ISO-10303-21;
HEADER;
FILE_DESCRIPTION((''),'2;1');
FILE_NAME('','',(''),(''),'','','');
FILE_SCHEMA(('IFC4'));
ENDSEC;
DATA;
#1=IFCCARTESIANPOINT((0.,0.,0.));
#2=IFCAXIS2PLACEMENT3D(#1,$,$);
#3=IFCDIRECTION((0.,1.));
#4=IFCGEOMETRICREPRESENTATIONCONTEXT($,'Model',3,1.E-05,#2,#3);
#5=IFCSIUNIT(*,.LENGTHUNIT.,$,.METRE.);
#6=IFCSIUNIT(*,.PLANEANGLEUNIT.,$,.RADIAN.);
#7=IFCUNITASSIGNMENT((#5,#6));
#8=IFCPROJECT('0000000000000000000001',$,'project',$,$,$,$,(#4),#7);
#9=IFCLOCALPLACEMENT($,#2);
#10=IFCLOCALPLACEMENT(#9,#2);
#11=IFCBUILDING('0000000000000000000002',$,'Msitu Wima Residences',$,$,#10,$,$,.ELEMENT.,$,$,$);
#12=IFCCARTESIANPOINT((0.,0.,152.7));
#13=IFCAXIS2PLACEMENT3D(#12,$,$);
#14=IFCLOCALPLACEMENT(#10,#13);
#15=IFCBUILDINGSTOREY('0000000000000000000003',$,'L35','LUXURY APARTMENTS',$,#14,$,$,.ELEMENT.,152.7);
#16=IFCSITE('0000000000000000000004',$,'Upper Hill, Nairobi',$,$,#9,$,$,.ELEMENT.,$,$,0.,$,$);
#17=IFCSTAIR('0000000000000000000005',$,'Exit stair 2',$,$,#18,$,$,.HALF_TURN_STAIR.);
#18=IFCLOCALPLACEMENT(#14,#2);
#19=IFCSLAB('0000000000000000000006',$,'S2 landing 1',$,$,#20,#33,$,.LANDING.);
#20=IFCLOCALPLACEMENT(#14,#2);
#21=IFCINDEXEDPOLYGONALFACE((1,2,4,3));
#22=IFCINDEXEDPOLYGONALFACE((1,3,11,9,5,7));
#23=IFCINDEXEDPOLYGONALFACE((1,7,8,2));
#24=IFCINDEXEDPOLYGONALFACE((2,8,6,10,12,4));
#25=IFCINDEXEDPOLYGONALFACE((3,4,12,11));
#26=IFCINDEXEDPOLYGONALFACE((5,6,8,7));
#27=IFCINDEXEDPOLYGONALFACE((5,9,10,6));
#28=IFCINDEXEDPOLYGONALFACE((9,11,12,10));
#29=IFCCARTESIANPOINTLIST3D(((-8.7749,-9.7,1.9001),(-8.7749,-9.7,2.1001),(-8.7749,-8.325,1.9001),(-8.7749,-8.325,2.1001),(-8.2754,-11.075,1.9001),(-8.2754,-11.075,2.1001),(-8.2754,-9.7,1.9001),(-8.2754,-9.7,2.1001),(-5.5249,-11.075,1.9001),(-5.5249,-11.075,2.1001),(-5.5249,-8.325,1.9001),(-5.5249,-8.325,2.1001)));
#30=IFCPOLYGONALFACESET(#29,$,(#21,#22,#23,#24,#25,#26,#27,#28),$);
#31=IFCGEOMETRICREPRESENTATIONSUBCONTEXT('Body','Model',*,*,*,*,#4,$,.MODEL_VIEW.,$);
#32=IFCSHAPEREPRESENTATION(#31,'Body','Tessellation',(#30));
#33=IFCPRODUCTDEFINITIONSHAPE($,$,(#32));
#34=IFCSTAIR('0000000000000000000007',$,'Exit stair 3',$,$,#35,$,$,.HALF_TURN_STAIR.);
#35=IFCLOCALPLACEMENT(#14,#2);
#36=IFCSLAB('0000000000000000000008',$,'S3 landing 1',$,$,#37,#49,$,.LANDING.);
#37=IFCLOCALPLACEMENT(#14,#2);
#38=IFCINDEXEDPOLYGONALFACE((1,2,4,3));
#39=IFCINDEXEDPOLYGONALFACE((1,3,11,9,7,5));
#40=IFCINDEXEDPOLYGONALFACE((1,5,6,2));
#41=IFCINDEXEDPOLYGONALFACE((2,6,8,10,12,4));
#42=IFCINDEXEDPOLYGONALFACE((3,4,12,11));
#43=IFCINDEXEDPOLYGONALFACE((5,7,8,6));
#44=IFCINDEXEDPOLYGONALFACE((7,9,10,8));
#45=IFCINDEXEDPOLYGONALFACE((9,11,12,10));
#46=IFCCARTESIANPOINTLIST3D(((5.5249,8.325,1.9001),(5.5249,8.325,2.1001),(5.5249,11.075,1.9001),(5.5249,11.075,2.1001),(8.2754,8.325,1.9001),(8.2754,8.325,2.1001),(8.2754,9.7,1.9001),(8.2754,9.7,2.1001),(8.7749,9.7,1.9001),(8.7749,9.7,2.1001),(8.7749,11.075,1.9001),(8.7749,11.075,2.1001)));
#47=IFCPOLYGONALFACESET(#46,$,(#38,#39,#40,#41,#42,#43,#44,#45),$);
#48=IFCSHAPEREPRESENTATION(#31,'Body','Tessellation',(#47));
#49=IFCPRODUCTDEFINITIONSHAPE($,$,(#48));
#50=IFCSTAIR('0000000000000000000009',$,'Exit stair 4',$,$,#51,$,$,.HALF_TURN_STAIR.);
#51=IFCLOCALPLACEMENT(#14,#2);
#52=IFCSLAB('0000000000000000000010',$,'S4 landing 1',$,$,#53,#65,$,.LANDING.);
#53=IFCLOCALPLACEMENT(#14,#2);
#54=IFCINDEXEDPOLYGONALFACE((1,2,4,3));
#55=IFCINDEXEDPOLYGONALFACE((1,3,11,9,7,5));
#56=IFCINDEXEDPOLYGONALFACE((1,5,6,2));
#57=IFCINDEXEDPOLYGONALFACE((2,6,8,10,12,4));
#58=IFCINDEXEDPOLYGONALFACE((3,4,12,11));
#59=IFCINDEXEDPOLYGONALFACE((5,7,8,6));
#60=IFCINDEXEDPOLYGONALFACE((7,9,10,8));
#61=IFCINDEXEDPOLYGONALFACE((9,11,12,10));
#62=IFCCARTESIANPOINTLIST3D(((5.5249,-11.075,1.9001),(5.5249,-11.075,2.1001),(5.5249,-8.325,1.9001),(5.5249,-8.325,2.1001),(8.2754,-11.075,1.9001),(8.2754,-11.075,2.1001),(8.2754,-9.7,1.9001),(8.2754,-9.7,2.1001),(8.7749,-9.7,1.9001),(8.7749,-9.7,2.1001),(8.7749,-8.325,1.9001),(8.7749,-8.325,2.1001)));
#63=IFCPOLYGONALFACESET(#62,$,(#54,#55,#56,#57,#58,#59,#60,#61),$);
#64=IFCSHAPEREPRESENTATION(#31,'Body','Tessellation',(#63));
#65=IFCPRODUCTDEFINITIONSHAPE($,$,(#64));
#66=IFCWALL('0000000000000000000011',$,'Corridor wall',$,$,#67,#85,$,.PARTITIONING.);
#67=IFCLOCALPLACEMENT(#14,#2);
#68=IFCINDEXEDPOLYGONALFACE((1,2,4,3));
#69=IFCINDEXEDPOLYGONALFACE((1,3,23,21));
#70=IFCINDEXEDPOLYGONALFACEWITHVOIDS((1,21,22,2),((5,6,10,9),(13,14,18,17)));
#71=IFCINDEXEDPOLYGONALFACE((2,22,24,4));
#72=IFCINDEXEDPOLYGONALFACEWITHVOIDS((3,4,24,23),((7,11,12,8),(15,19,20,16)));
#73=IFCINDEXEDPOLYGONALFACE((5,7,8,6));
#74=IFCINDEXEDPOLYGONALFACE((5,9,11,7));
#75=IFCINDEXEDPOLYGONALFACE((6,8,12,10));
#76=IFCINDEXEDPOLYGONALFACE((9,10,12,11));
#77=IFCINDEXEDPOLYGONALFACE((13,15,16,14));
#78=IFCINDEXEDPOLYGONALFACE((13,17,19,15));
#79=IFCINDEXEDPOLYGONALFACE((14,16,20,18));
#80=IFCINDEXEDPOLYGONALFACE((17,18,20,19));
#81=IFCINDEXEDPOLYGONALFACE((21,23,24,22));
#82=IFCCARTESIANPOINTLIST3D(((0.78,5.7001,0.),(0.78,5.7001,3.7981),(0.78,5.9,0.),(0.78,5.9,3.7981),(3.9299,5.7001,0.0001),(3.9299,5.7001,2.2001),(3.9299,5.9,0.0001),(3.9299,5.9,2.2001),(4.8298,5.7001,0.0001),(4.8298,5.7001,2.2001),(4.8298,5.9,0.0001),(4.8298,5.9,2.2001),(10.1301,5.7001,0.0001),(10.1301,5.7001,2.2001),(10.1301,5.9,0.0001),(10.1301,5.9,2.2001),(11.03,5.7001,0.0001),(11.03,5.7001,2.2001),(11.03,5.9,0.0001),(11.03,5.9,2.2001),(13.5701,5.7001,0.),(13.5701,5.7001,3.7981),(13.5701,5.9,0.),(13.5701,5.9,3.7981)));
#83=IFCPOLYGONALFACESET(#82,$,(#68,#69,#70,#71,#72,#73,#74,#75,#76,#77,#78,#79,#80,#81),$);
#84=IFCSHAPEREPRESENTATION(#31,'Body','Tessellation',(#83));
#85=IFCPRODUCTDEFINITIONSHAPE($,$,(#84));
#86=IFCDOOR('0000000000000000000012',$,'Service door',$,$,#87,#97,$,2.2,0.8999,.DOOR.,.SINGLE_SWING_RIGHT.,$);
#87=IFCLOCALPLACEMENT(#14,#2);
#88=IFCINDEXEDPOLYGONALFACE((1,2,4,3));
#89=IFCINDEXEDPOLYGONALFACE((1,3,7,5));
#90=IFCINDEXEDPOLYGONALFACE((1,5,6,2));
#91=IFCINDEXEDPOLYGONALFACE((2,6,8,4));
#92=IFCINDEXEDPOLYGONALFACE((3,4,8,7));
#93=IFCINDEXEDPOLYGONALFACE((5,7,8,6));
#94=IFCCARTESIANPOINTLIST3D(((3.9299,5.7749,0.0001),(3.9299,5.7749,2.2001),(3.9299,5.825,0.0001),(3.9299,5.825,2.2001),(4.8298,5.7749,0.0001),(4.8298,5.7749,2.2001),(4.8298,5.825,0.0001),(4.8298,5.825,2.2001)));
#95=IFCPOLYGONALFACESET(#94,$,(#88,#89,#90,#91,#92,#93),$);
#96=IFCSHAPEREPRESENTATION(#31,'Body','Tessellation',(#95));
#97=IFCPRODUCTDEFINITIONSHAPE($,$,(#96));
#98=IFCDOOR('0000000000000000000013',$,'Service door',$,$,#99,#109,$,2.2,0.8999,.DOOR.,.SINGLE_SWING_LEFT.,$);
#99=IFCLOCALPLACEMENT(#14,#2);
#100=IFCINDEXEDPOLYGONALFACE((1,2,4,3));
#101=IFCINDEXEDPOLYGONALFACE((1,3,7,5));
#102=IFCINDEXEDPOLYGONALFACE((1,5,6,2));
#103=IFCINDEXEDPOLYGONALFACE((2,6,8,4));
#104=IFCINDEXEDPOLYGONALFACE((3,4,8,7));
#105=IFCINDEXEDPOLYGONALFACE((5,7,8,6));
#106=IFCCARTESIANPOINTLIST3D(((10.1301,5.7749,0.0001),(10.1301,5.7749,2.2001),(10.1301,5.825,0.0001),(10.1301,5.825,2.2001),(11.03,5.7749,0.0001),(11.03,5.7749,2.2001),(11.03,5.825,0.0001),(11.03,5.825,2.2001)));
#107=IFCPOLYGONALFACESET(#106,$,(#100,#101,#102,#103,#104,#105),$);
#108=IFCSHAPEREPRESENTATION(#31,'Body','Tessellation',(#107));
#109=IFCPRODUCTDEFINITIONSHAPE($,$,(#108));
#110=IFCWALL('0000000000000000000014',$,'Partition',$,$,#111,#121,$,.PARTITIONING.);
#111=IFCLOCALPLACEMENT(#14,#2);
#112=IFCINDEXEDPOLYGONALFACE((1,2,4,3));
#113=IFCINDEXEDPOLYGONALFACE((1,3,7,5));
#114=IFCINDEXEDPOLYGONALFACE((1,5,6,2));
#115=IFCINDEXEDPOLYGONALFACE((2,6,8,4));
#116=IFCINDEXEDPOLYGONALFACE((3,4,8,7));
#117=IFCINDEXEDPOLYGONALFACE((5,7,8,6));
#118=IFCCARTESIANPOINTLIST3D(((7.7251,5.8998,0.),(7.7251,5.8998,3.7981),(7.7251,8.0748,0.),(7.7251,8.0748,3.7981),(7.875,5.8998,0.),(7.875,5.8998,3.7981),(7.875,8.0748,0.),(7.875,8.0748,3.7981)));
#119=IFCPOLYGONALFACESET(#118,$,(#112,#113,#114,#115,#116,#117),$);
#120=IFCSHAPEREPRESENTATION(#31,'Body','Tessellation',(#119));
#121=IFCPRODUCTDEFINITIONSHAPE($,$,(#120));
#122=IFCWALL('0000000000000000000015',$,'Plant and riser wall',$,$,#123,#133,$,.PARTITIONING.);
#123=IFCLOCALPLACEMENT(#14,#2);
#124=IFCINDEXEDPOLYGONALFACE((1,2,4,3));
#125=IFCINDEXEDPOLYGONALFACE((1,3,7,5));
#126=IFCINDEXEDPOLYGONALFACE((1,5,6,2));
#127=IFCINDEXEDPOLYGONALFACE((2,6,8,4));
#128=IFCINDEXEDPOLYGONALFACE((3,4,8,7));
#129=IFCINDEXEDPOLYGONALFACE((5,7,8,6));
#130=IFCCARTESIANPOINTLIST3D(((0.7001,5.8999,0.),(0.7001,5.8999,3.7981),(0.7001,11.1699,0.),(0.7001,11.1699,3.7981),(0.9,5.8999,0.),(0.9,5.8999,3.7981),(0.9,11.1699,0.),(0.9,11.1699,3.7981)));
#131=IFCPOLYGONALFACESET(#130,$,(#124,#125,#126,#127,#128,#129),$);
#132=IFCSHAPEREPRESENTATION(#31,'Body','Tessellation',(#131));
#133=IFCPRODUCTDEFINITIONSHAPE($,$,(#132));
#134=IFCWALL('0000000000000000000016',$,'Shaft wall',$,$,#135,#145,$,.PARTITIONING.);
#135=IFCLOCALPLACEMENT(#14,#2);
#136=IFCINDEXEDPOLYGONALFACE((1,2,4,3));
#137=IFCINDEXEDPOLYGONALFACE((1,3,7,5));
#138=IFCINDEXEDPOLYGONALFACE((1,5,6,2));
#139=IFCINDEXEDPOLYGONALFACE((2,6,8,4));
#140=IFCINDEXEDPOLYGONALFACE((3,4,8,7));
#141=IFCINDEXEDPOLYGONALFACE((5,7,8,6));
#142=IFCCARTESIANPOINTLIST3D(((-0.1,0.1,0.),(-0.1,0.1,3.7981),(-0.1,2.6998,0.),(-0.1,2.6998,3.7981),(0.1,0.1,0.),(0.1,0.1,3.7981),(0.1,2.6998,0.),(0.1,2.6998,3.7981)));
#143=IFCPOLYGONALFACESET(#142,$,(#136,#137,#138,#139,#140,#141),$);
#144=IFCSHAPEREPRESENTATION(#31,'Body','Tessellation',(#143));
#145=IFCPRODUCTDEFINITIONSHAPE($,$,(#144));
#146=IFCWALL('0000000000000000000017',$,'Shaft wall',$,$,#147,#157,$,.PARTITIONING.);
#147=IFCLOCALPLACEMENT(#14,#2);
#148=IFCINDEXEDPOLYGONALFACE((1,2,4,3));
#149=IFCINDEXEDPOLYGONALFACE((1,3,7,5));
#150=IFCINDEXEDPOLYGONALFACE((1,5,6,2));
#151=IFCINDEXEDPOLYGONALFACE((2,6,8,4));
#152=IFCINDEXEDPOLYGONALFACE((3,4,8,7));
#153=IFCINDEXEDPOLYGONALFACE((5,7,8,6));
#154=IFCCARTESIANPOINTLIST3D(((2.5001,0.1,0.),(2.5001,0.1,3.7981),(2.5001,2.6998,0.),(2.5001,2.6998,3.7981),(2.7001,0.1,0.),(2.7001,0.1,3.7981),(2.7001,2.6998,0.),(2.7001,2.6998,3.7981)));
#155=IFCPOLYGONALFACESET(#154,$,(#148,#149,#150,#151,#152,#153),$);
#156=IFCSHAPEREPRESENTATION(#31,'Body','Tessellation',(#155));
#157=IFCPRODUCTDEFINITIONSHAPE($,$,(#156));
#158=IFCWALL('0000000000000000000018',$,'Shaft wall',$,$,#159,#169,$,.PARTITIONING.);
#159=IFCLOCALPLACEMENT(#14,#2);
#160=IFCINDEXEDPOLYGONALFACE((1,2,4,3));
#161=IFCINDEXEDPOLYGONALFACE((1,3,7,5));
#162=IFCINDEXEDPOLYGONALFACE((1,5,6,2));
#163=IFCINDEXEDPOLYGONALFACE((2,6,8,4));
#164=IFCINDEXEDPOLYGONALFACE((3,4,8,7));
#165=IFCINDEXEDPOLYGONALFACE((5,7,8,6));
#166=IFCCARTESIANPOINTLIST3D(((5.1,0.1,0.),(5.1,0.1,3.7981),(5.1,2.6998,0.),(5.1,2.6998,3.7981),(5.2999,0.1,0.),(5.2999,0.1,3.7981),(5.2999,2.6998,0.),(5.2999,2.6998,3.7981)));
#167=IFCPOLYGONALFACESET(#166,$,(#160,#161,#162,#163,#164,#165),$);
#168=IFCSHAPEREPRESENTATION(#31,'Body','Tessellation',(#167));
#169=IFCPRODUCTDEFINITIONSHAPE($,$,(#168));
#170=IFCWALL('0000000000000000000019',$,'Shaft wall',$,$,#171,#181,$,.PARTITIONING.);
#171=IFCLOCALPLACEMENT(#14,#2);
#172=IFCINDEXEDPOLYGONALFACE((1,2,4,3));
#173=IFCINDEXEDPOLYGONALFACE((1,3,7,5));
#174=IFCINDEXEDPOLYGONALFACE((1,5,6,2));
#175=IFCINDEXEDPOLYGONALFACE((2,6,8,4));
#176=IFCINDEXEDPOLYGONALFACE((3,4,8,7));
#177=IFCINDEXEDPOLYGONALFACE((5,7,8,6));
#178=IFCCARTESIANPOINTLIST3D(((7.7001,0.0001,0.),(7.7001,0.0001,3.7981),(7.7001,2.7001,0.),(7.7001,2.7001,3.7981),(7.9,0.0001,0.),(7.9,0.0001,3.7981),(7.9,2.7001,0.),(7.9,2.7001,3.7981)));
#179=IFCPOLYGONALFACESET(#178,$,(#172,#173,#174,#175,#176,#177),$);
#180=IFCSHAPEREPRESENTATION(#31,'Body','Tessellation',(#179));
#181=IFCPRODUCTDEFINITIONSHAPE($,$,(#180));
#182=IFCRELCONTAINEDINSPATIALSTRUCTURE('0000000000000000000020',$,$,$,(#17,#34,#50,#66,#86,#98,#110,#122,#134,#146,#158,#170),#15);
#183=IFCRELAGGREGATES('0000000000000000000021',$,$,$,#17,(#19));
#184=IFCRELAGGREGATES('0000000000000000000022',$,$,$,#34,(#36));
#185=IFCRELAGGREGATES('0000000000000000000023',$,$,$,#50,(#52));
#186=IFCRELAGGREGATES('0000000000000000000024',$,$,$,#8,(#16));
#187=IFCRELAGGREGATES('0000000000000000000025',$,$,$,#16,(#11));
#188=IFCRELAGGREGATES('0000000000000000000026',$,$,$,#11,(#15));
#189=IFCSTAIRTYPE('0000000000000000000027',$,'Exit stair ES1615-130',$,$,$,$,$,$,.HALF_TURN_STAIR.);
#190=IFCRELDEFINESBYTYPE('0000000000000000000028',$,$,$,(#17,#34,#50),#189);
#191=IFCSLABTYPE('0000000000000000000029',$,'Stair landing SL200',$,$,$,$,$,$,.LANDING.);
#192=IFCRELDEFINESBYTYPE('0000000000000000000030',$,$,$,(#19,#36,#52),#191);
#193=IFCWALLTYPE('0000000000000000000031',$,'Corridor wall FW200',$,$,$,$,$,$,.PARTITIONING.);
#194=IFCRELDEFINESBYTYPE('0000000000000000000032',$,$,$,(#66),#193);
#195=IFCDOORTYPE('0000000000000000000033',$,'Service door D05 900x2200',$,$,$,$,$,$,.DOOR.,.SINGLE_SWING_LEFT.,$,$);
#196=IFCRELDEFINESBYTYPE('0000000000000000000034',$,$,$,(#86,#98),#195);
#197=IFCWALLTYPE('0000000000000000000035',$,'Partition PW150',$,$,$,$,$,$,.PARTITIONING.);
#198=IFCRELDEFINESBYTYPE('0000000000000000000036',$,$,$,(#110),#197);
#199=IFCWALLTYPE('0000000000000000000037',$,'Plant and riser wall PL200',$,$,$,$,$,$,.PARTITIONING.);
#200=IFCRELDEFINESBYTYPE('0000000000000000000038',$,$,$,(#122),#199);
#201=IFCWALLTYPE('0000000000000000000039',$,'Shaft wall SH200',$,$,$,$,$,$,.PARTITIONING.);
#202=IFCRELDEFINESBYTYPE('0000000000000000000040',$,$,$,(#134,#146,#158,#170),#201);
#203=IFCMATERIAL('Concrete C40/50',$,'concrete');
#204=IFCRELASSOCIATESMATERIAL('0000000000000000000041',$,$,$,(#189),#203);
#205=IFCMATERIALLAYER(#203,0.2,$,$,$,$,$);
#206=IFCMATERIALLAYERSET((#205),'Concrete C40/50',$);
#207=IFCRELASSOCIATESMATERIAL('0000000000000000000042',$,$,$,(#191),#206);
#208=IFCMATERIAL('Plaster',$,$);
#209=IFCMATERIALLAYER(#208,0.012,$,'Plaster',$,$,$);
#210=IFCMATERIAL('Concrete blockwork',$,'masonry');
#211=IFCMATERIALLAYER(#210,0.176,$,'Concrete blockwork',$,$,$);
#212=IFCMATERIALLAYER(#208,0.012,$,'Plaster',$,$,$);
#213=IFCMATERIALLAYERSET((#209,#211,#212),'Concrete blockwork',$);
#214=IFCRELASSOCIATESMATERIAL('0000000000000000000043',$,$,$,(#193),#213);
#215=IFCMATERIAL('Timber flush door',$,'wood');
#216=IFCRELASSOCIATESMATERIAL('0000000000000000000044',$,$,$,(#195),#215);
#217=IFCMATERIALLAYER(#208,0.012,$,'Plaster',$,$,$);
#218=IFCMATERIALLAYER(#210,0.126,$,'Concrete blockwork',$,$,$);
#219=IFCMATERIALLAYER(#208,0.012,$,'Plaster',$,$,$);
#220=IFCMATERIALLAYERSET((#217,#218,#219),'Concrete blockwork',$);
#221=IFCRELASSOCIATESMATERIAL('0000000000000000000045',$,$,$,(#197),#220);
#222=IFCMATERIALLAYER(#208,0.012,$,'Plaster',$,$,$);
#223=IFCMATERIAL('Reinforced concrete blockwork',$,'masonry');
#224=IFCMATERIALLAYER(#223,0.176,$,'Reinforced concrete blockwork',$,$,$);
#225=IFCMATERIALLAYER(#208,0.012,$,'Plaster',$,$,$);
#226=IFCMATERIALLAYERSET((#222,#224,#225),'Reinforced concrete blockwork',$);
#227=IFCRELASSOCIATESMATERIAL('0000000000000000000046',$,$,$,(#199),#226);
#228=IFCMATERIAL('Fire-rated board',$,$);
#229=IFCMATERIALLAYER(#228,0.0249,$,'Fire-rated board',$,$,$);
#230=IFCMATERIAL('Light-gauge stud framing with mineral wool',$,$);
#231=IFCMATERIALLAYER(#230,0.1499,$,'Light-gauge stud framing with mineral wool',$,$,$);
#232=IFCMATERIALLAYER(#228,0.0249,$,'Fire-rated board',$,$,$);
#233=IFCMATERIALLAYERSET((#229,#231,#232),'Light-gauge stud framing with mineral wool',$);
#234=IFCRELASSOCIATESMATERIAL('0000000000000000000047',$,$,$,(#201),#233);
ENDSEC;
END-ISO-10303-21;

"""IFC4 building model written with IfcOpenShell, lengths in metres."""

from ifc_helpers import new_model, si_unit, direction, frame, frame_2d, origin, place, context, subcontext, project, spatial, polyline, rectangle, outline, extrude, material, layer, layer_set, type_object, element, fill, aggregate, save


model = new_model("IFC4")

# Units and contexts
model_context = context("Model", 3, precision=1e-05, world=origin(), true_north=direction((0.0, 1.0)))
body_context = subcontext(model_context, "Body", "Model", "MODEL_VIEW")
ifc_project = project(units=[si_unit("LENGTHUNIT", "METRE"), si_unit("PLANEANGLEUNIT", "RADIAN")], contexts=[model_context])

# Site, building, storey
site_placement = place(None, origin())
site = spatial("IfcSite", under=ifc_project, at=site_placement, Name="Upper Hill, Nairobi", CompositionType="ELEMENT", RefElevation=0.0)
building_placement = place(site_placement, origin())
building = spatial("IfcBuilding", under=site, at=building_placement, Name="Msitu Wima Residences", CompositionType="ELEMENT")
storey_placement = place(building_placement, frame((0.0, 0.0, 152.7)))
storey = spatial("IfcBuildingStorey", under=building, at=storey_placement, Name="L35", Description="LUXURY APARTMENTS", CompositionType="ELEMENT", Elevation=152.7)

# Shared definitions
ifc_material_1 = material(Name="Concrete C40/50", Category="concrete")

# Stairs, slabs
stair_type = type_object("IfcStairType", Name="Exit stair ES1615-130", PredefinedType="HALF_TURN_STAIR", material=ifc_material_1)
ifc_layer_1 = layer(ifc_material_1, 0.2)
ifc_layer_set_1 = layer_set([ifc_layer_1], Name="Concrete C40/50")
slab_type_1 = type_object("IfcSlabType", Name="Stair landing SL200", PredefinedType="LANDING", material=ifc_layer_set_1)
stair_1_placement = place(storey_placement, origin())
stair_1 = element("IfcStair", 1, at=stair_1_placement, inside=storey, type_object=stair_type, Name="Exit stair 2", PredefinedType="HALF_TURN_STAIR")
slab_1_placement = place(storey_placement, frame((0.0, 0.0, 1.9001)))
slab_1 = element("IfcSlab", 2, at=slab_1_placement, type_object=slab_type_1, Name="S2 landing 1", PredefinedType="LANDING", context=body_context, shape_type="SweptSolid", body=[
    extrude(outline(polyline([(-5.5249, -11.075), (-8.2754, -11.075), (-8.2754, -9.7), (-8.7749, -9.7), (-8.7749, -8.325), (-5.5249, -8.325), (-5.5249, -11.075)])), origin(), (0.0, 0.0, 1.0), 0.2),
])
aggregate(stair_1, [slab_1])
stair_2_placement = place(storey_placement, origin())
stair_2 = element("IfcStair", 3, at=stair_2_placement, inside=storey, type_object=stair_type, Name="Exit stair 3", PredefinedType="HALF_TURN_STAIR")
slab_2_placement = place(storey_placement, frame((0.0, 0.0, 1.9001)))
slab_2 = element("IfcSlab", 4, at=slab_2_placement, type_object=slab_type_1, Name="S3 landing 1", PredefinedType="LANDING", context=body_context, shape_type="SweptSolid", body=[
    extrude(outline(polyline([(5.5249, 8.325), (8.2754, 8.325), (8.2754, 9.7), (8.7749, 9.7), (8.7749, 11.075), (5.5249, 11.075), (5.5249, 8.325)])), origin(), (0.0, 0.0, 1.0), 0.2),
])
aggregate(stair_2, [slab_2])
stair_3_placement = place(storey_placement, origin())
stair_3 = element("IfcStair", 5, at=stair_3_placement, inside=storey, type_object=stair_type, Name="Exit stair 4", PredefinedType="HALF_TURN_STAIR")
slab_3_placement = place(storey_placement, frame((0.0, 0.0, 1.9001)))
slab_3 = element("IfcSlab", 6, at=slab_3_placement, type_object=slab_type_1, Name="S4 landing 1", PredefinedType="LANDING", context=body_context, shape_type="SweptSolid", body=[
    extrude(outline(polyline([(5.5249, -11.075), (8.2754, -11.075), (8.2754, -9.7), (8.7749, -9.7), (8.7749, -8.325), (5.5249, -8.325), (5.5249, -11.075)])), origin(), (0.0, 0.0, 1.0), 0.2),
])
aggregate(stair_3, [slab_3])

# Wall, openings, doors
ifc_material_2 = material(Name="Plaster")
ifc_layer_2 = layer(ifc_material_2, 0.012, Name="Plaster")
ifc_material_3 = material(Name="Concrete blockwork", Category="masonry")
ifc_layer_3 = layer(ifc_material_3, 0.176, Name="Concrete blockwork")
ifc_layer_4 = layer(ifc_material_2, 0.012, Name="Plaster")
ifc_layer_set_2 = layer_set([ifc_layer_2, ifc_layer_3, ifc_layer_4], Name="Concrete blockwork")
wall_type_1 = type_object("IfcWallType", Name="Corridor wall FW200", PredefinedType="PARTITIONING", material=ifc_layer_set_2)
wall_1_placement = place(storey_placement, frame((0.78, 5.8, 0.0), z_axis=(0.0, 0.0, 1.0), x_axis=(1.0, 0.0, 0.0)))
wall_1 = element("IfcWall", 7, at=wall_1_placement, inside=storey, type_object=wall_type_1, Name="Corridor wall", PredefinedType="PARTITIONING", context=body_context, shape_type="SweptSolid", body=[
    extrude(rectangle(XDim=12.79, YDim=0.2, at=frame_2d((6.395, 0.0))), origin(), (0.0, 0.0, 1.0), 3.7981),
])
opening_1_placement = place(wall_1_placement, frame((3.1499, 0.0, 0.0)))
opening_1 = element("IfcOpeningElement", 8, at=opening_1_placement, cuts=wall_1, PredefinedType="OPENING", context=body_context, shape_type="SweptSolid", body=[
    extrude(rectangle(XDim=0.8999, YDim=2.2, at=frame_2d((0.45, 1.1001))), frame((0.0, 0.1099, 0.0), z_axis=(0.0, -1.0, 0.0), x_axis=(1.0, 0.0, 0.0)), (0.0, 0.0, 1.0), 0.22),
])
opening_2_placement = place(wall_1_placement, frame((9.3501, 0.0, 0.0)))
opening_2 = element("IfcOpeningElement", 9, at=opening_2_placement, cuts=wall_1, PredefinedType="OPENING", context=body_context, shape_type="SweptSolid", body=[
    extrude(rectangle(XDim=0.8999, YDim=2.2, at=frame_2d((0.45, 1.1001))), frame((0.0, 0.1099, 0.0), z_axis=(0.0, -1.0, 0.0), x_axis=(1.0, 0.0, 0.0)), (0.0, 0.0, 1.0), 0.22),
])
ifc_material_4 = material(Name="Timber flush door", Category="wood")
door_type = type_object("IfcDoorType", Name="Service door D05 900x2200", OperationType="SINGLE_SWING_LEFT", PredefinedType="DOOR", material=ifc_material_4)
door_1_placement = place(opening_1_placement, origin())
door_1 = element("IfcDoor", 10, at=door_1_placement, inside=storey, type_object=door_type, Name="Service door", OperationType="SINGLE_SWING_RIGHT", OverallHeight=2.2, OverallWidth=0.8999, PredefinedType="DOOR", context=body_context, shape_type="SweptSolid", body=[
    extrude(rectangle(XDim=0.8999, YDim=2.2, at=frame_2d((0.45, 1.1001))), frame((0.0, 0.0249, 0.0), z_axis=(0.0, -1.0, 0.0), x_axis=(1.0, 0.0, 0.0)), (0.0, 0.0, 1.0), 0.05),
])
fill(opening_1, door_1)
door_2_placement = place(opening_2_placement, origin())
door_2 = element("IfcDoor", 11, at=door_2_placement, inside=storey, type_object=door_type, Name="Service door", OperationType="SINGLE_SWING_LEFT", OverallHeight=2.2, OverallWidth=0.8999, PredefinedType="DOOR", context=body_context, shape_type="SweptSolid", body=[
    extrude(rectangle(XDim=0.8999, YDim=2.2, at=frame_2d((0.45, 1.1001))), frame((0.0, 0.0249, 0.0), z_axis=(0.0, -1.0, 0.0), x_axis=(1.0, 0.0, 0.0)), (0.0, 0.0, 1.0), 0.05),
])
fill(opening_2, door_2)

# Walls
ifc_layer_5 = layer(ifc_material_2, 0.012, Name="Plaster")
ifc_layer_6 = layer(ifc_material_3, 0.126, Name="Concrete blockwork")
ifc_layer_7 = layer(ifc_material_2, 0.012, Name="Plaster")
ifc_layer_set_3 = layer_set([ifc_layer_5, ifc_layer_6, ifc_layer_7], Name="Concrete blockwork")
wall_type_2 = type_object("IfcWallType", Name="Partition PW150", PredefinedType="PARTITIONING", material=ifc_layer_set_3)
wall_2_placement = place(storey_placement, frame((7.8, 5.8999, 0.0), z_axis=(0.0, 0.0, 1.0), x_axis=(0.0, 1.0, 0.0)))
element("IfcWall", 12, at=wall_2_placement, inside=storey, type_object=wall_type_2, Name="Partition", PredefinedType="PARTITIONING", context=body_context, shape_type="SweptSolid", body=[
    extrude(rectangle(XDim=2.175, YDim=0.1499, at=frame_2d((1.0874, 0.0))), origin(), (0.0, 0.0, 1.0), 3.7981),
])
ifc_layer_8 = layer(ifc_material_2, 0.012, Name="Plaster")
ifc_material_5 = material(Name="Reinforced concrete blockwork", Category="masonry")
ifc_layer_9 = layer(ifc_material_5, 0.176, Name="Reinforced concrete blockwork")
ifc_layer_10 = layer(ifc_material_2, 0.012, Name="Plaster")
ifc_layer_set_4 = layer_set([ifc_layer_8, ifc_layer_9, ifc_layer_10], Name="Reinforced concrete blockwork")
wall_type_3 = type_object("IfcWallType", Name="Plant and riser wall PL200", PredefinedType="PARTITIONING", material=ifc_layer_set_4)
wall_3_placement = place(storey_placement, frame((0.8, 5.8999, 0.0), z_axis=(0.0, 0.0, 1.0), x_axis=(0.0, 1.0, 0.0)))
element("IfcWall", 13, at=wall_3_placement, inside=storey, type_object=wall_type_3, Name="Plant and riser wall", PredefinedType="PARTITIONING", context=body_context, shape_type="SweptSolid", body=[
    extrude(rectangle(XDim=5.27, YDim=0.2, at=frame_2d((2.635, 0.0))), origin(), (0.0, 0.0, 1.0), 3.7981),
])
ifc_material_6 = material(Name="Fire-rated board")
ifc_layer_11 = layer(ifc_material_6, 0.0249, Name="Fire-rated board")
ifc_material_7 = material(Name="Light-gauge stud framing with mineral wool")
ifc_layer_12 = layer(ifc_material_7, 0.1499, Name="Light-gauge stud framing with mineral wool")
ifc_layer_13 = layer(ifc_material_6, 0.0249, Name="Fire-rated board")
ifc_layer_set_5 = layer_set([ifc_layer_11, ifc_layer_12, ifc_layer_13], Name="Light-gauge stud framing with mineral wool")
wall_type_4 = type_object("IfcWallType", Name="Shaft wall SH200", PredefinedType="PARTITIONING", material=ifc_layer_set_5)
for number, where, z_axis, x_axis, name in (
    (14, (0.0, 0.1001, 0.0), (0.0, 0.0, 1.0), (0.0, 1.0, 0.0), "Shaft wall"),
    (15, (2.6001, 0.1001, 0.0), (0.0, 0.0, 1.0), (0.0, 1.0, 0.0), "Shaft wall"),
    (16, (5.2, 0.1001, 0.0), (0.0, 0.0, 1.0), (0.0, 1.0, 0.0), "Shaft wall"),
):
    element("IfcWall", number, at=place(storey_placement, frame(where, z_axis=z_axis, x_axis=x_axis)), inside=storey, type_object=wall_type_4, Name=name, PredefinedType="PARTITIONING", context=body_context, shape_type="SweptSolid", body=[
        extrude(rectangle(XDim=2.5999, YDim=0.2, at=frame_2d((1.2998, 0.0))), origin(), (0.0, 0.0, 1.0), 3.7981),
    ])
wall_4_placement = place(storey_placement, frame((7.8, 0.0, 0.0), z_axis=(0.0, 0.0, 1.0), x_axis=(0.0, 1.0, 0.0)))
element("IfcWall", 17, at=wall_4_placement, inside=storey, type_object=wall_type_4, Name="Shaft wall", PredefinedType="PARTITIONING", context=body_context, shape_type="SweptSolid", body=[
    extrude(rectangle(XDim=2.7, YDim=0.2, at=frame_2d((1.3501, 0.0))), origin(), (0.0, 0.0, 1.0), 3.7981),
])

save(model, "model.ifc")
